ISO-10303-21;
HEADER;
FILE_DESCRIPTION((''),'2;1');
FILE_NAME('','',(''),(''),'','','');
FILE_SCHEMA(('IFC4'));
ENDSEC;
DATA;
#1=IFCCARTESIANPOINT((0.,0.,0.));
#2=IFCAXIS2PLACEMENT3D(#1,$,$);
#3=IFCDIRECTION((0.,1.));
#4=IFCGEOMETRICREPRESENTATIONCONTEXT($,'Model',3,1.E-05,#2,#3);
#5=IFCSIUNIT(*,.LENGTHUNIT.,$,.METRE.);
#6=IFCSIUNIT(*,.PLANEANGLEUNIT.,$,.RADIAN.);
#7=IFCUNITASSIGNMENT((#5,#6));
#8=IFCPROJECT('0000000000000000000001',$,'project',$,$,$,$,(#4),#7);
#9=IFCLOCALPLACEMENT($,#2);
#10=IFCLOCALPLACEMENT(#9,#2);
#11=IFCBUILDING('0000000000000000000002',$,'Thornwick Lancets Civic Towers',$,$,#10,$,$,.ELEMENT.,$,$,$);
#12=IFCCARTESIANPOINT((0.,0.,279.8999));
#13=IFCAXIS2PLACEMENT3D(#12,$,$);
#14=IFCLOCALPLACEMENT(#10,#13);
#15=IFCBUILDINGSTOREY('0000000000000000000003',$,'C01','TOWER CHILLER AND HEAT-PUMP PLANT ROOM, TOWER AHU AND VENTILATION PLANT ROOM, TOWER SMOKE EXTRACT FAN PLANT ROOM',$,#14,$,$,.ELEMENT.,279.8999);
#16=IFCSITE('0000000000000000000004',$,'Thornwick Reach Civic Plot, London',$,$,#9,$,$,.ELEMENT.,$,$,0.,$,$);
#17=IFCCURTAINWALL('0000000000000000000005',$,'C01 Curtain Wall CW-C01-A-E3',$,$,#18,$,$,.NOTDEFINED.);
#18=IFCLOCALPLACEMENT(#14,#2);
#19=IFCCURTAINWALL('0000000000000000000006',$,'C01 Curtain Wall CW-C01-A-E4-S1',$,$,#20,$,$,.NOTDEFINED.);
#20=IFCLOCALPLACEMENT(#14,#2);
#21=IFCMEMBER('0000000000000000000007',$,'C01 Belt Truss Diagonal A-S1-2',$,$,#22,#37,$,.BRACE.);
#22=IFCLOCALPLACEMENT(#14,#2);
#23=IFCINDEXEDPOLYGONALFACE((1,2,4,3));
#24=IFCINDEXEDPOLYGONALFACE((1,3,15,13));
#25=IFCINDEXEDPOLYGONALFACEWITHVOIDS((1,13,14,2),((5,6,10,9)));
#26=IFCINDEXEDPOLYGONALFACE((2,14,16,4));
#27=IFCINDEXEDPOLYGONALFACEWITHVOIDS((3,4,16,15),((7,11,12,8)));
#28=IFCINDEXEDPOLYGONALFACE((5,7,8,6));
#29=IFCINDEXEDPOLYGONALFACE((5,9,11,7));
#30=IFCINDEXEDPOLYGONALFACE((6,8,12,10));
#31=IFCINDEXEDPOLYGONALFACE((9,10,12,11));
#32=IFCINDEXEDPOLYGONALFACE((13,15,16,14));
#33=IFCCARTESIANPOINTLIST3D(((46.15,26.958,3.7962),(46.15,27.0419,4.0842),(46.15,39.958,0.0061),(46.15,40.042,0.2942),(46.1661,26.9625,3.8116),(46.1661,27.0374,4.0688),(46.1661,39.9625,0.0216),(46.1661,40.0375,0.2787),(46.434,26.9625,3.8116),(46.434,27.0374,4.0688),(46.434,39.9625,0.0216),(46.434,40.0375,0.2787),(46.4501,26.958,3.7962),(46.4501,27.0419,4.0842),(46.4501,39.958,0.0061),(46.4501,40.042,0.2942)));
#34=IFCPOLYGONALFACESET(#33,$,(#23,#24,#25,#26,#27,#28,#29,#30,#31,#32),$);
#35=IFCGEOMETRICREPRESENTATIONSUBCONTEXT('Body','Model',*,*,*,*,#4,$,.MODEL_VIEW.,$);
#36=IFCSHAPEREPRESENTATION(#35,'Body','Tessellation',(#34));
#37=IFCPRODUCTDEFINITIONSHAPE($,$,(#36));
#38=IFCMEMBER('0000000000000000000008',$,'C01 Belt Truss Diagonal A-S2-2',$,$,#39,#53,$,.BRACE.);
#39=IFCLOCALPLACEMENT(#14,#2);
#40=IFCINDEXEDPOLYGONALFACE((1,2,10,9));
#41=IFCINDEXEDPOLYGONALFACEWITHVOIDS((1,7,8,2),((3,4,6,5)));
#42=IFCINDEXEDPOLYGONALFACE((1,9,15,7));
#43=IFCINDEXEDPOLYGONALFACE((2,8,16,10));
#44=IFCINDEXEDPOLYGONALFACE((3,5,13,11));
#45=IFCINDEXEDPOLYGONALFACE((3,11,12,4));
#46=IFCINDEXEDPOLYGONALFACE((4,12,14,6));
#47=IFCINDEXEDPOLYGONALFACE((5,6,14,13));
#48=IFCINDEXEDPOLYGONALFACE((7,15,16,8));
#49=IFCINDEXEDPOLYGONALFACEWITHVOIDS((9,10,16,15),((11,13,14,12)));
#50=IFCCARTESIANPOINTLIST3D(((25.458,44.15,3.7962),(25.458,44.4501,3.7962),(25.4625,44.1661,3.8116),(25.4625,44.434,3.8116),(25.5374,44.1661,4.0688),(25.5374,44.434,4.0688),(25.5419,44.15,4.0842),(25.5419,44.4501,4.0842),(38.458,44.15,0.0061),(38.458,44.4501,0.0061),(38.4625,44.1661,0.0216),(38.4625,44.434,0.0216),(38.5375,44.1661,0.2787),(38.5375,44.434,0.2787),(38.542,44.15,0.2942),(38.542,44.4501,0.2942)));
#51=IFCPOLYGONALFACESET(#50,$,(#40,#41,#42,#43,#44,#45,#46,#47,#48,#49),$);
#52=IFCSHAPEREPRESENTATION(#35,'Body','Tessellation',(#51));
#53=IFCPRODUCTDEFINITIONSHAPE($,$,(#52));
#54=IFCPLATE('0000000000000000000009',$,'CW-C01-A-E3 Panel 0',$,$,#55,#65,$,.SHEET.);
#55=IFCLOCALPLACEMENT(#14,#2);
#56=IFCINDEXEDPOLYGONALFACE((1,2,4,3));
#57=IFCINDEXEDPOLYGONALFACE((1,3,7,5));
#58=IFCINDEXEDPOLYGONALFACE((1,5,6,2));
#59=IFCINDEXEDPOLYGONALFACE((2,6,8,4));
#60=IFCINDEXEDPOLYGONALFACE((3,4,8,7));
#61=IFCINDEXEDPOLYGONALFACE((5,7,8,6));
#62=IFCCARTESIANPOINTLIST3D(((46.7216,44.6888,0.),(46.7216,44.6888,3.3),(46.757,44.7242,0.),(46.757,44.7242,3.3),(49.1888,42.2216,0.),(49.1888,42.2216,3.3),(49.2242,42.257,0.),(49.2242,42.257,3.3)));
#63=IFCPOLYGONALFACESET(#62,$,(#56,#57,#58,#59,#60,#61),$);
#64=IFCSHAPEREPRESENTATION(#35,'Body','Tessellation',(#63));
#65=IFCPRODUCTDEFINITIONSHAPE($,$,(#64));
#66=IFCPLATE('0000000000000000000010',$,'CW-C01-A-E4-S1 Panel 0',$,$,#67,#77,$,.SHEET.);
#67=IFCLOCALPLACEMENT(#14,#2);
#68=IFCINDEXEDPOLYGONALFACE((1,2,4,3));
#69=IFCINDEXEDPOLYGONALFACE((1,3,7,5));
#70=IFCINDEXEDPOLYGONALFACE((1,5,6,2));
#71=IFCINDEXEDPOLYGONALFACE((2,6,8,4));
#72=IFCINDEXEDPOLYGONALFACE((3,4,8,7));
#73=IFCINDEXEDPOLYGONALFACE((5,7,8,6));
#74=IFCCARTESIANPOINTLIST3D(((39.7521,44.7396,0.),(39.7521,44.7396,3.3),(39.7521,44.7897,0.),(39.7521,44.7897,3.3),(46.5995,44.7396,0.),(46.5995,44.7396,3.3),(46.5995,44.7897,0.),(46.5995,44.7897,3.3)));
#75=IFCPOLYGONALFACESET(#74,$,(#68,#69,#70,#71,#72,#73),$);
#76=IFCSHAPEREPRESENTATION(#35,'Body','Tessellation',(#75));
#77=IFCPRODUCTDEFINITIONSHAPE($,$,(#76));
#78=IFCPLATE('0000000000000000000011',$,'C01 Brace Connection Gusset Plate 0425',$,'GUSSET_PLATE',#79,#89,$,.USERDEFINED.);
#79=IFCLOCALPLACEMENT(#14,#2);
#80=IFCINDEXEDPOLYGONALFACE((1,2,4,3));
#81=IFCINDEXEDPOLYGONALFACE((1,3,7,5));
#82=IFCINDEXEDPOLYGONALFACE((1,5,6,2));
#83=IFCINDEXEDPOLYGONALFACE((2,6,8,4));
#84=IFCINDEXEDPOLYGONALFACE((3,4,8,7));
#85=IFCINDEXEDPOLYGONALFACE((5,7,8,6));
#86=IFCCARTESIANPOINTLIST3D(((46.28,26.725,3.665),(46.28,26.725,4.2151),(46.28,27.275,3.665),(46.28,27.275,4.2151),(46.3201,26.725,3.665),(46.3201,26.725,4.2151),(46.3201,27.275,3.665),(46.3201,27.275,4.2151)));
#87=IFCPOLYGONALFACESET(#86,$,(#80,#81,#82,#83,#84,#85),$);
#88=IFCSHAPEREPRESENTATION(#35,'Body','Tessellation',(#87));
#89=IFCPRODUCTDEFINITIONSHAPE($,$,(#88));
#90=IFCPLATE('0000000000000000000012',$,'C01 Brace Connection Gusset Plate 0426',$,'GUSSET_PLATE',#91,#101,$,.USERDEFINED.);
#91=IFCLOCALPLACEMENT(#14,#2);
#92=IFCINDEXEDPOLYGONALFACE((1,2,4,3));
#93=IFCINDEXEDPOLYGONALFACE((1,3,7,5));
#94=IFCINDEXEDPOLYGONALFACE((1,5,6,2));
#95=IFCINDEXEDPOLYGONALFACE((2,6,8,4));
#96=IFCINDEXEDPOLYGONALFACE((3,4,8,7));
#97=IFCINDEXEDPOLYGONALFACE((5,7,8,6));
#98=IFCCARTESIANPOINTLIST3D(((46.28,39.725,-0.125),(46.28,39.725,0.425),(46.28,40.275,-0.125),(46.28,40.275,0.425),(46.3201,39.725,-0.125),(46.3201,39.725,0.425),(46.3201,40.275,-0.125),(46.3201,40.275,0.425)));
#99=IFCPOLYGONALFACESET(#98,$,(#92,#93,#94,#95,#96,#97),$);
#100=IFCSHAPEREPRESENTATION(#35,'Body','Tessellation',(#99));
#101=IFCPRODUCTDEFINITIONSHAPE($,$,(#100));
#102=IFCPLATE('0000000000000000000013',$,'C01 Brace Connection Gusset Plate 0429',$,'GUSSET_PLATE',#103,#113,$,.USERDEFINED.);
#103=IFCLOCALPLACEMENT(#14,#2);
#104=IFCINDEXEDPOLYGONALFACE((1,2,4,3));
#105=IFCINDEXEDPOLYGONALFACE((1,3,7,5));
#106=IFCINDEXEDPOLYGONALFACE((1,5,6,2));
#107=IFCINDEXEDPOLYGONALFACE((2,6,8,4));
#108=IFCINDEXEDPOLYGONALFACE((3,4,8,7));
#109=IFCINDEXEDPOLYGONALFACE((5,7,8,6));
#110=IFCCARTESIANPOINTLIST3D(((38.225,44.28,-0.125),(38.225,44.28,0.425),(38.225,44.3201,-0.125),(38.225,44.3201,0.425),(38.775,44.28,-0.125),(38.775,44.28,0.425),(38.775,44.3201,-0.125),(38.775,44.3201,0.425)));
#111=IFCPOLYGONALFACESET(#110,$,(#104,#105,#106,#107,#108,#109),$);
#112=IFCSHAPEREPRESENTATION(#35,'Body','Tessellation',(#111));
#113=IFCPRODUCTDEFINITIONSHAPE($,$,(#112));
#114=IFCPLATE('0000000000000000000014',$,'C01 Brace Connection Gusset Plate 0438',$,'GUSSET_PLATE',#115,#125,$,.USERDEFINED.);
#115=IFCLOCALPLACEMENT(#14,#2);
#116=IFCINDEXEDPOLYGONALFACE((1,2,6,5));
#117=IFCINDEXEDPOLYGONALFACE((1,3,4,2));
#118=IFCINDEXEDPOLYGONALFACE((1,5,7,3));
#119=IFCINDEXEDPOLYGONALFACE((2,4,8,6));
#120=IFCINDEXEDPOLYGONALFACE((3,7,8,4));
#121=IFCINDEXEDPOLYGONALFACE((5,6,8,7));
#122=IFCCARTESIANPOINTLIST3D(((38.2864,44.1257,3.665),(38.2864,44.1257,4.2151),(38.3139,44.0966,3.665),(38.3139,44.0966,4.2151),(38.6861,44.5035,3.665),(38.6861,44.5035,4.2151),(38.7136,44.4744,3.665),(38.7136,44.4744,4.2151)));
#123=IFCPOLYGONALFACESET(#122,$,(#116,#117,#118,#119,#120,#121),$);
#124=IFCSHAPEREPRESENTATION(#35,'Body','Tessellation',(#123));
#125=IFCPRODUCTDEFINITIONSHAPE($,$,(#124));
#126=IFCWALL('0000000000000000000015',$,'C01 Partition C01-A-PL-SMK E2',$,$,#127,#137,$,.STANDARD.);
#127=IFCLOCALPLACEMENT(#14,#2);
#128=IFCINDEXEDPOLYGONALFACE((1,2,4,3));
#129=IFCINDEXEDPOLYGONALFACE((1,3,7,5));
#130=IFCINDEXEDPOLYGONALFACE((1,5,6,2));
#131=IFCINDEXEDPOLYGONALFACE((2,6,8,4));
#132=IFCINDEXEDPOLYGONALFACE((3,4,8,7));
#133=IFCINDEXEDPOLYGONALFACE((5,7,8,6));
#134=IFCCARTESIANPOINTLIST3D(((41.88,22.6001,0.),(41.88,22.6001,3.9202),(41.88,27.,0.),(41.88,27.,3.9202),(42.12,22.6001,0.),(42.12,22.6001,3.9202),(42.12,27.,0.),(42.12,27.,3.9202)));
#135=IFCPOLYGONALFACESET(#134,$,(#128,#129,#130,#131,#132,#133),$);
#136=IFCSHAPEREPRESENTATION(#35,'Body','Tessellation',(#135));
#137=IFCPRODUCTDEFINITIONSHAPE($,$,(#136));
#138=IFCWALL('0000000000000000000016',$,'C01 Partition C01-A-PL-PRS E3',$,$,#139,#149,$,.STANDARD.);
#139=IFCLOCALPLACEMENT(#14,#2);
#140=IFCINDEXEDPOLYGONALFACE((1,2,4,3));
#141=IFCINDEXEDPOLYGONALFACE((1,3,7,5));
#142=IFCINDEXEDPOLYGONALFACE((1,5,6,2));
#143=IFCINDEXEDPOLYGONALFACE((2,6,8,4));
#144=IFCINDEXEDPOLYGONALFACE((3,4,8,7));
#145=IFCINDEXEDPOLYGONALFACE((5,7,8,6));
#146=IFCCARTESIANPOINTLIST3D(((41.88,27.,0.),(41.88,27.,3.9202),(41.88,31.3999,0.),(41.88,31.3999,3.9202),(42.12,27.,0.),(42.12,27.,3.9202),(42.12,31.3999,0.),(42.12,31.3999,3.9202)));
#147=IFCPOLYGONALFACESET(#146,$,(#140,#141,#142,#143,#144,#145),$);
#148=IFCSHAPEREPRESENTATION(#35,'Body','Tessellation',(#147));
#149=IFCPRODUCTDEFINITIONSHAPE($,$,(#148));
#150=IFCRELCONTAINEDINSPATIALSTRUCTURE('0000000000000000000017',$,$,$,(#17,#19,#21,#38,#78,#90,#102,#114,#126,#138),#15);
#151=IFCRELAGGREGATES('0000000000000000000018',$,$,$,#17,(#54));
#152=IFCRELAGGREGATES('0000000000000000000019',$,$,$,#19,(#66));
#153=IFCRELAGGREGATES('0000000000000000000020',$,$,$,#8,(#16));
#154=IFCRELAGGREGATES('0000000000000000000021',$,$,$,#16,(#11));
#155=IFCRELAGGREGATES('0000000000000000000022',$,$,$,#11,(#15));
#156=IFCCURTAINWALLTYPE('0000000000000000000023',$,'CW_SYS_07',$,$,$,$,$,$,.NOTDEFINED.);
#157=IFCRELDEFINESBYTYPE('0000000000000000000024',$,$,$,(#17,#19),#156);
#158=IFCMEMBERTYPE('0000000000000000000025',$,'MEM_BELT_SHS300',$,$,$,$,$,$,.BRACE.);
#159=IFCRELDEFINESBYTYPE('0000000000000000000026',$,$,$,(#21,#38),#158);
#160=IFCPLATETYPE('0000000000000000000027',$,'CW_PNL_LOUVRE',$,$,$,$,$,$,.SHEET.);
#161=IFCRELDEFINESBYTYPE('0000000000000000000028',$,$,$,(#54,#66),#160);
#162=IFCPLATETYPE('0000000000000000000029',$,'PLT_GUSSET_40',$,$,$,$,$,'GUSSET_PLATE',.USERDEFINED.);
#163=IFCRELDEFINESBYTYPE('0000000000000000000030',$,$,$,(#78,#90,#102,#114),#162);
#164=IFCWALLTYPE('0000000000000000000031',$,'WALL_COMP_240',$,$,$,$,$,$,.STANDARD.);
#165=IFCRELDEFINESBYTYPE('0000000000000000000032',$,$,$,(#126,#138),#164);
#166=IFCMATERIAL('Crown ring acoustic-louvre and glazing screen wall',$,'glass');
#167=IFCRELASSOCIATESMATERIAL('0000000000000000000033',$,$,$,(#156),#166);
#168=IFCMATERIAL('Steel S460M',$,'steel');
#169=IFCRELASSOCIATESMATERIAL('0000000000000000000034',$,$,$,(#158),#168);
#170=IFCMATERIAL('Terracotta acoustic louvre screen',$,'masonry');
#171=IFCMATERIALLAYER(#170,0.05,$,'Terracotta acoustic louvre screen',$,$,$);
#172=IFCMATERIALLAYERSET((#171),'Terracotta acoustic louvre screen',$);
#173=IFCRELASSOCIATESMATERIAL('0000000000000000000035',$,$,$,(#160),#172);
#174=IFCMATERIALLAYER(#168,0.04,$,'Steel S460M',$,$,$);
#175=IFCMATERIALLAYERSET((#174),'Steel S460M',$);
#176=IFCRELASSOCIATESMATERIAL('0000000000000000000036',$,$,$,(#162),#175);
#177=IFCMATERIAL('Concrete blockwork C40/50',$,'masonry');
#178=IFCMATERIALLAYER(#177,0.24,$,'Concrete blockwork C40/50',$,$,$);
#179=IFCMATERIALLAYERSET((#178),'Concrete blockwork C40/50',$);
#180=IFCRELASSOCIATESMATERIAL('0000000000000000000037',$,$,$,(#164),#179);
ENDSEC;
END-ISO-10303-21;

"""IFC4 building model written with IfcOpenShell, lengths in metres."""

from ifc_helpers import new_model, si_unit, direction, frame, frame_2d, origin, origin_2d, place, context, subcontext, project, spatial, rectangle, hollow_rectangle, extrude, material, layer, layer_set, material_profile, profile_set, type_object, element, aggregate, save


model = new_model("IFC4")

# Units and contexts
model_context = context("Model", 3, precision=1e-05, world=origin(), true_north=direction((0.0, 1.0)))
body_context = subcontext(model_context, "Body", "Model", "MODEL_VIEW")
ifc_project = project(units=[si_unit("LENGTHUNIT", "METRE"), si_unit("PLANEANGLEUNIT", "RADIAN")], contexts=[model_context])

# Site, building, storey
site_placement = place(None, origin())
site = spatial("IfcSite", under=ifc_project, at=site_placement, Name="Thornwick Reach Civic Plot, London", CompositionType="ELEMENT", RefElevation=0.0)
building_placement = place(site_placement, origin())
building = spatial("IfcBuilding", under=site, at=building_placement, Name="Thornwick Lancets Civic Towers", CompositionType="ELEMENT")
storey_placement = place(building_placement, frame((0.0, 0.0, 279.8999)))
storey = spatial("IfcBuildingStorey", under=building, at=storey_placement, Name="C01", Description="TOWER CHILLER AND HEAT-PUMP PLANT ROOM, TOWER AHU AND VENTILATION PLANT ROOM, TOWER SMOKE EXTRACT FAN PLANT ROOM", CompositionType="ELEMENT", Elevation=279.8999)

# Shared definitions
ifc_material_1 = material(Name="Steel S460M", Category="steel")

# Curtain walls
ifc_material_2 = material(Name="Crown ring acoustic-louvre and glazing screen wall", Category="glass")
curtain_wall_type = type_object("IfcCurtainWallType", Name="CW_SYS_07", PredefinedType="NOTDEFINED", material=ifc_material_2)
curtain_wall_1_placement = place(storey_placement, origin())
curtain_wall_1 = element("IfcCurtainWall", 1, at=curtain_wall_1_placement, inside=storey, type_object=curtain_wall_type, Name="C01 Curtain Wall CW-C01-A-E3", PredefinedType="NOTDEFINED")
curtain_wall_2_placement = place(storey_placement, origin())
curtain_wall_2 = element("IfcCurtainWall", 2, at=curtain_wall_2_placement, inside=storey, type_object=curtain_wall_type, Name="C01 Curtain Wall CW-C01-A-E4-S1", PredefinedType="NOTDEFINED")

# Members
ifc_material_profile_1 = material_profile(ifc_material_1, hollow_rectangle(XDim=0.3, YDim=0.3, WallThickness=0.0161, at=origin_2d()), Name="SHS 300x300x16")
ifc_profile_set_1 = profile_set([ifc_material_profile_1], Name="Steel S460M")
member_type_1 = type_object("IfcMemberType", Name="MEM_BELT_SHS300", PredefinedType="BRACE", material=ifc_profile_set_1)
for number, where, z_axis, x_axis, name in (
    (3, (46.3, 40.0, 0.1501), (0.0, -0.960032, 0.279889), (1.0, 0.0, 0.0), "C01 Belt Truss Diagonal A-S1-2"),
    (4, (38.5, 44.3, 0.1501), (-0.960032, 0.0, 0.279889), (0.0, -1.0, 0.0), "C01 Belt Truss Diagonal A-S2-2"),
):
    element("IfcMember", number, at=place(storey_placement, frame(where, z_axis=z_axis, x_axis=x_axis)), inside=storey, type_object=member_type_1, Name=name, PredefinedType="BRACE", context=body_context, shape_type="SweptSolid", body=[
        extrude(hollow_rectangle(XDim=0.3, YDim=0.3, WallThickness=0.0161, at=origin_2d()), origin(), (0.0, 0.0, 1.0), 13.5413),
    ])

# Plates
ifc_material_3 = material(Name="Terracotta acoustic louvre screen", Category="masonry")
ifc_layer_1 = layer(ifc_material_3, 0.05, Name="Terracotta acoustic louvre screen")
ifc_layer_set_1 = layer_set([ifc_layer_1], Name="Terracotta acoustic louvre screen")
plate_type_1 = type_object("IfcPlateType", Name="CW_PNL_LOUVRE", PredefinedType="SHEET", material=ifc_layer_set_1)
plate_1_placement = place(storey_placement, frame((47.9729, 43.4729, 0.0), z_axis=(0.0, 0.0, 1.0), x_axis=(-0.707107, 0.707107, 0.0)))
plate_1 = element("IfcPlate", 5, at=plate_1_placement, type_object=plate_type_1, Name="CW-C01-A-E3 Panel 0", PredefinedType="SHEET", context=body_context, shape_type="SweptSolid", body=[
    extrude(rectangle(XDim=3.4893, YDim=0.05, at=origin_2d()), origin(), (0.0, 0.0, 1.0), 3.3),
])
aggregate(curtain_wall_1, [plate_1])
plate_2_placement = place(storey_placement, frame((43.1758, 44.7646, 0.0), z_axis=(0.0, 0.0, 1.0), x_axis=(-1.0, 0.0, 0.0)))
plate_2 = element("IfcPlate", 6, at=plate_2_placement, type_object=plate_type_1, Name="CW-C01-A-E4-S1 Panel 0", PredefinedType="SHEET", context=body_context, shape_type="SweptSolid", body=[
    extrude(rectangle(XDim=6.8474, YDim=0.05, at=origin_2d()), origin(), (0.0, 0.0, 1.0), 3.3),
])
aggregate(curtain_wall_2, [plate_2])

# Plates
ifc_layer_2 = layer(ifc_material_1, 0.04, Name="Steel S460M")
ifc_layer_set_2 = layer_set([ifc_layer_2], Name="Steel S460M")
plate_type_2 = type_object("IfcPlateType", Name="PLT_GUSSET_40", ElementType="GUSSET_PLATE", PredefinedType="USERDEFINED", material=ifc_layer_set_2)
for number, where, z_axis, x_axis, name in (
    (7, (46.3, 27.0, 3.665), (0.0, 0.0, 1.0), (0.0, 1.0, 0.0), "C01 Brace Connection Gusset Plate 0425"),
    (8, (46.3, 40.0, -0.125), (0.0, 0.0, 1.0), (0.0, -1.0, 0.0), "C01 Brace Connection Gusset Plate 0426"),
    (9, (38.5, 44.3, -0.125), (0.0, 0.0, 1.0), (-1.0, 0.0, 0.0), "C01 Brace Connection Gusset Plate 0429"),
    (10, (38.5, 44.3, 3.665), (0.0, 0.0, 1.0), (0.726814, 0.686834, 0.0), "C01 Brace Connection Gusset Plate 0438"),
):
    element("IfcPlate", number, at=place(storey_placement, frame(where, z_axis=z_axis, x_axis=x_axis)), inside=storey, type_object=plate_type_2, Name=name, ObjectType="GUSSET_PLATE", PredefinedType="USERDEFINED", context=body_context, shape_type="SweptSolid", body=[
        extrude(rectangle(XDim=0.55, YDim=0.04, at=origin_2d()), origin(), (0.0, 0.0, 1.0), 0.55),
    ])

# Walls
ifc_material_4 = material(Name="Concrete blockwork C40/50", Category="masonry")
ifc_layer_3 = layer(ifc_material_4, 0.24, Name="Concrete blockwork C40/50")
ifc_layer_set_3 = layer_set([ifc_layer_3], Name="Concrete blockwork C40/50")
wall_type = type_object("IfcWallType", Name="WALL_COMP_240", PredefinedType="STANDARD", material=ifc_layer_set_3)
for number, where, z_axis, x_axis, name in (
    (11, (42.0, 27.0, 0.0), (0.0, 0.0, 1.0), (0.0, -1.0, 0.0), "C01 Partition C01-A-PL-SMK E2"),
    (12, (42.0, 31.3999, 0.0), (0.0, 0.0, 1.0), (0.0, -1.0, 0.0), "C01 Partition C01-A-PL-PRS E3"),
):
    element("IfcWall", number, at=place(storey_placement, frame(where, z_axis=z_axis, x_axis=x_axis)), inside=storey, type_object=wall_type, Name=name, PredefinedType="STANDARD", context=body_context, shape_type="SweptSolid", body=[
        extrude(rectangle(XDim=4.3999, YDim=0.24, at=frame_2d((2.2, 0.0))), origin(), (0.0, 0.0, 1.0), 3.9202),
    ])

save(model, "model.ifc")
